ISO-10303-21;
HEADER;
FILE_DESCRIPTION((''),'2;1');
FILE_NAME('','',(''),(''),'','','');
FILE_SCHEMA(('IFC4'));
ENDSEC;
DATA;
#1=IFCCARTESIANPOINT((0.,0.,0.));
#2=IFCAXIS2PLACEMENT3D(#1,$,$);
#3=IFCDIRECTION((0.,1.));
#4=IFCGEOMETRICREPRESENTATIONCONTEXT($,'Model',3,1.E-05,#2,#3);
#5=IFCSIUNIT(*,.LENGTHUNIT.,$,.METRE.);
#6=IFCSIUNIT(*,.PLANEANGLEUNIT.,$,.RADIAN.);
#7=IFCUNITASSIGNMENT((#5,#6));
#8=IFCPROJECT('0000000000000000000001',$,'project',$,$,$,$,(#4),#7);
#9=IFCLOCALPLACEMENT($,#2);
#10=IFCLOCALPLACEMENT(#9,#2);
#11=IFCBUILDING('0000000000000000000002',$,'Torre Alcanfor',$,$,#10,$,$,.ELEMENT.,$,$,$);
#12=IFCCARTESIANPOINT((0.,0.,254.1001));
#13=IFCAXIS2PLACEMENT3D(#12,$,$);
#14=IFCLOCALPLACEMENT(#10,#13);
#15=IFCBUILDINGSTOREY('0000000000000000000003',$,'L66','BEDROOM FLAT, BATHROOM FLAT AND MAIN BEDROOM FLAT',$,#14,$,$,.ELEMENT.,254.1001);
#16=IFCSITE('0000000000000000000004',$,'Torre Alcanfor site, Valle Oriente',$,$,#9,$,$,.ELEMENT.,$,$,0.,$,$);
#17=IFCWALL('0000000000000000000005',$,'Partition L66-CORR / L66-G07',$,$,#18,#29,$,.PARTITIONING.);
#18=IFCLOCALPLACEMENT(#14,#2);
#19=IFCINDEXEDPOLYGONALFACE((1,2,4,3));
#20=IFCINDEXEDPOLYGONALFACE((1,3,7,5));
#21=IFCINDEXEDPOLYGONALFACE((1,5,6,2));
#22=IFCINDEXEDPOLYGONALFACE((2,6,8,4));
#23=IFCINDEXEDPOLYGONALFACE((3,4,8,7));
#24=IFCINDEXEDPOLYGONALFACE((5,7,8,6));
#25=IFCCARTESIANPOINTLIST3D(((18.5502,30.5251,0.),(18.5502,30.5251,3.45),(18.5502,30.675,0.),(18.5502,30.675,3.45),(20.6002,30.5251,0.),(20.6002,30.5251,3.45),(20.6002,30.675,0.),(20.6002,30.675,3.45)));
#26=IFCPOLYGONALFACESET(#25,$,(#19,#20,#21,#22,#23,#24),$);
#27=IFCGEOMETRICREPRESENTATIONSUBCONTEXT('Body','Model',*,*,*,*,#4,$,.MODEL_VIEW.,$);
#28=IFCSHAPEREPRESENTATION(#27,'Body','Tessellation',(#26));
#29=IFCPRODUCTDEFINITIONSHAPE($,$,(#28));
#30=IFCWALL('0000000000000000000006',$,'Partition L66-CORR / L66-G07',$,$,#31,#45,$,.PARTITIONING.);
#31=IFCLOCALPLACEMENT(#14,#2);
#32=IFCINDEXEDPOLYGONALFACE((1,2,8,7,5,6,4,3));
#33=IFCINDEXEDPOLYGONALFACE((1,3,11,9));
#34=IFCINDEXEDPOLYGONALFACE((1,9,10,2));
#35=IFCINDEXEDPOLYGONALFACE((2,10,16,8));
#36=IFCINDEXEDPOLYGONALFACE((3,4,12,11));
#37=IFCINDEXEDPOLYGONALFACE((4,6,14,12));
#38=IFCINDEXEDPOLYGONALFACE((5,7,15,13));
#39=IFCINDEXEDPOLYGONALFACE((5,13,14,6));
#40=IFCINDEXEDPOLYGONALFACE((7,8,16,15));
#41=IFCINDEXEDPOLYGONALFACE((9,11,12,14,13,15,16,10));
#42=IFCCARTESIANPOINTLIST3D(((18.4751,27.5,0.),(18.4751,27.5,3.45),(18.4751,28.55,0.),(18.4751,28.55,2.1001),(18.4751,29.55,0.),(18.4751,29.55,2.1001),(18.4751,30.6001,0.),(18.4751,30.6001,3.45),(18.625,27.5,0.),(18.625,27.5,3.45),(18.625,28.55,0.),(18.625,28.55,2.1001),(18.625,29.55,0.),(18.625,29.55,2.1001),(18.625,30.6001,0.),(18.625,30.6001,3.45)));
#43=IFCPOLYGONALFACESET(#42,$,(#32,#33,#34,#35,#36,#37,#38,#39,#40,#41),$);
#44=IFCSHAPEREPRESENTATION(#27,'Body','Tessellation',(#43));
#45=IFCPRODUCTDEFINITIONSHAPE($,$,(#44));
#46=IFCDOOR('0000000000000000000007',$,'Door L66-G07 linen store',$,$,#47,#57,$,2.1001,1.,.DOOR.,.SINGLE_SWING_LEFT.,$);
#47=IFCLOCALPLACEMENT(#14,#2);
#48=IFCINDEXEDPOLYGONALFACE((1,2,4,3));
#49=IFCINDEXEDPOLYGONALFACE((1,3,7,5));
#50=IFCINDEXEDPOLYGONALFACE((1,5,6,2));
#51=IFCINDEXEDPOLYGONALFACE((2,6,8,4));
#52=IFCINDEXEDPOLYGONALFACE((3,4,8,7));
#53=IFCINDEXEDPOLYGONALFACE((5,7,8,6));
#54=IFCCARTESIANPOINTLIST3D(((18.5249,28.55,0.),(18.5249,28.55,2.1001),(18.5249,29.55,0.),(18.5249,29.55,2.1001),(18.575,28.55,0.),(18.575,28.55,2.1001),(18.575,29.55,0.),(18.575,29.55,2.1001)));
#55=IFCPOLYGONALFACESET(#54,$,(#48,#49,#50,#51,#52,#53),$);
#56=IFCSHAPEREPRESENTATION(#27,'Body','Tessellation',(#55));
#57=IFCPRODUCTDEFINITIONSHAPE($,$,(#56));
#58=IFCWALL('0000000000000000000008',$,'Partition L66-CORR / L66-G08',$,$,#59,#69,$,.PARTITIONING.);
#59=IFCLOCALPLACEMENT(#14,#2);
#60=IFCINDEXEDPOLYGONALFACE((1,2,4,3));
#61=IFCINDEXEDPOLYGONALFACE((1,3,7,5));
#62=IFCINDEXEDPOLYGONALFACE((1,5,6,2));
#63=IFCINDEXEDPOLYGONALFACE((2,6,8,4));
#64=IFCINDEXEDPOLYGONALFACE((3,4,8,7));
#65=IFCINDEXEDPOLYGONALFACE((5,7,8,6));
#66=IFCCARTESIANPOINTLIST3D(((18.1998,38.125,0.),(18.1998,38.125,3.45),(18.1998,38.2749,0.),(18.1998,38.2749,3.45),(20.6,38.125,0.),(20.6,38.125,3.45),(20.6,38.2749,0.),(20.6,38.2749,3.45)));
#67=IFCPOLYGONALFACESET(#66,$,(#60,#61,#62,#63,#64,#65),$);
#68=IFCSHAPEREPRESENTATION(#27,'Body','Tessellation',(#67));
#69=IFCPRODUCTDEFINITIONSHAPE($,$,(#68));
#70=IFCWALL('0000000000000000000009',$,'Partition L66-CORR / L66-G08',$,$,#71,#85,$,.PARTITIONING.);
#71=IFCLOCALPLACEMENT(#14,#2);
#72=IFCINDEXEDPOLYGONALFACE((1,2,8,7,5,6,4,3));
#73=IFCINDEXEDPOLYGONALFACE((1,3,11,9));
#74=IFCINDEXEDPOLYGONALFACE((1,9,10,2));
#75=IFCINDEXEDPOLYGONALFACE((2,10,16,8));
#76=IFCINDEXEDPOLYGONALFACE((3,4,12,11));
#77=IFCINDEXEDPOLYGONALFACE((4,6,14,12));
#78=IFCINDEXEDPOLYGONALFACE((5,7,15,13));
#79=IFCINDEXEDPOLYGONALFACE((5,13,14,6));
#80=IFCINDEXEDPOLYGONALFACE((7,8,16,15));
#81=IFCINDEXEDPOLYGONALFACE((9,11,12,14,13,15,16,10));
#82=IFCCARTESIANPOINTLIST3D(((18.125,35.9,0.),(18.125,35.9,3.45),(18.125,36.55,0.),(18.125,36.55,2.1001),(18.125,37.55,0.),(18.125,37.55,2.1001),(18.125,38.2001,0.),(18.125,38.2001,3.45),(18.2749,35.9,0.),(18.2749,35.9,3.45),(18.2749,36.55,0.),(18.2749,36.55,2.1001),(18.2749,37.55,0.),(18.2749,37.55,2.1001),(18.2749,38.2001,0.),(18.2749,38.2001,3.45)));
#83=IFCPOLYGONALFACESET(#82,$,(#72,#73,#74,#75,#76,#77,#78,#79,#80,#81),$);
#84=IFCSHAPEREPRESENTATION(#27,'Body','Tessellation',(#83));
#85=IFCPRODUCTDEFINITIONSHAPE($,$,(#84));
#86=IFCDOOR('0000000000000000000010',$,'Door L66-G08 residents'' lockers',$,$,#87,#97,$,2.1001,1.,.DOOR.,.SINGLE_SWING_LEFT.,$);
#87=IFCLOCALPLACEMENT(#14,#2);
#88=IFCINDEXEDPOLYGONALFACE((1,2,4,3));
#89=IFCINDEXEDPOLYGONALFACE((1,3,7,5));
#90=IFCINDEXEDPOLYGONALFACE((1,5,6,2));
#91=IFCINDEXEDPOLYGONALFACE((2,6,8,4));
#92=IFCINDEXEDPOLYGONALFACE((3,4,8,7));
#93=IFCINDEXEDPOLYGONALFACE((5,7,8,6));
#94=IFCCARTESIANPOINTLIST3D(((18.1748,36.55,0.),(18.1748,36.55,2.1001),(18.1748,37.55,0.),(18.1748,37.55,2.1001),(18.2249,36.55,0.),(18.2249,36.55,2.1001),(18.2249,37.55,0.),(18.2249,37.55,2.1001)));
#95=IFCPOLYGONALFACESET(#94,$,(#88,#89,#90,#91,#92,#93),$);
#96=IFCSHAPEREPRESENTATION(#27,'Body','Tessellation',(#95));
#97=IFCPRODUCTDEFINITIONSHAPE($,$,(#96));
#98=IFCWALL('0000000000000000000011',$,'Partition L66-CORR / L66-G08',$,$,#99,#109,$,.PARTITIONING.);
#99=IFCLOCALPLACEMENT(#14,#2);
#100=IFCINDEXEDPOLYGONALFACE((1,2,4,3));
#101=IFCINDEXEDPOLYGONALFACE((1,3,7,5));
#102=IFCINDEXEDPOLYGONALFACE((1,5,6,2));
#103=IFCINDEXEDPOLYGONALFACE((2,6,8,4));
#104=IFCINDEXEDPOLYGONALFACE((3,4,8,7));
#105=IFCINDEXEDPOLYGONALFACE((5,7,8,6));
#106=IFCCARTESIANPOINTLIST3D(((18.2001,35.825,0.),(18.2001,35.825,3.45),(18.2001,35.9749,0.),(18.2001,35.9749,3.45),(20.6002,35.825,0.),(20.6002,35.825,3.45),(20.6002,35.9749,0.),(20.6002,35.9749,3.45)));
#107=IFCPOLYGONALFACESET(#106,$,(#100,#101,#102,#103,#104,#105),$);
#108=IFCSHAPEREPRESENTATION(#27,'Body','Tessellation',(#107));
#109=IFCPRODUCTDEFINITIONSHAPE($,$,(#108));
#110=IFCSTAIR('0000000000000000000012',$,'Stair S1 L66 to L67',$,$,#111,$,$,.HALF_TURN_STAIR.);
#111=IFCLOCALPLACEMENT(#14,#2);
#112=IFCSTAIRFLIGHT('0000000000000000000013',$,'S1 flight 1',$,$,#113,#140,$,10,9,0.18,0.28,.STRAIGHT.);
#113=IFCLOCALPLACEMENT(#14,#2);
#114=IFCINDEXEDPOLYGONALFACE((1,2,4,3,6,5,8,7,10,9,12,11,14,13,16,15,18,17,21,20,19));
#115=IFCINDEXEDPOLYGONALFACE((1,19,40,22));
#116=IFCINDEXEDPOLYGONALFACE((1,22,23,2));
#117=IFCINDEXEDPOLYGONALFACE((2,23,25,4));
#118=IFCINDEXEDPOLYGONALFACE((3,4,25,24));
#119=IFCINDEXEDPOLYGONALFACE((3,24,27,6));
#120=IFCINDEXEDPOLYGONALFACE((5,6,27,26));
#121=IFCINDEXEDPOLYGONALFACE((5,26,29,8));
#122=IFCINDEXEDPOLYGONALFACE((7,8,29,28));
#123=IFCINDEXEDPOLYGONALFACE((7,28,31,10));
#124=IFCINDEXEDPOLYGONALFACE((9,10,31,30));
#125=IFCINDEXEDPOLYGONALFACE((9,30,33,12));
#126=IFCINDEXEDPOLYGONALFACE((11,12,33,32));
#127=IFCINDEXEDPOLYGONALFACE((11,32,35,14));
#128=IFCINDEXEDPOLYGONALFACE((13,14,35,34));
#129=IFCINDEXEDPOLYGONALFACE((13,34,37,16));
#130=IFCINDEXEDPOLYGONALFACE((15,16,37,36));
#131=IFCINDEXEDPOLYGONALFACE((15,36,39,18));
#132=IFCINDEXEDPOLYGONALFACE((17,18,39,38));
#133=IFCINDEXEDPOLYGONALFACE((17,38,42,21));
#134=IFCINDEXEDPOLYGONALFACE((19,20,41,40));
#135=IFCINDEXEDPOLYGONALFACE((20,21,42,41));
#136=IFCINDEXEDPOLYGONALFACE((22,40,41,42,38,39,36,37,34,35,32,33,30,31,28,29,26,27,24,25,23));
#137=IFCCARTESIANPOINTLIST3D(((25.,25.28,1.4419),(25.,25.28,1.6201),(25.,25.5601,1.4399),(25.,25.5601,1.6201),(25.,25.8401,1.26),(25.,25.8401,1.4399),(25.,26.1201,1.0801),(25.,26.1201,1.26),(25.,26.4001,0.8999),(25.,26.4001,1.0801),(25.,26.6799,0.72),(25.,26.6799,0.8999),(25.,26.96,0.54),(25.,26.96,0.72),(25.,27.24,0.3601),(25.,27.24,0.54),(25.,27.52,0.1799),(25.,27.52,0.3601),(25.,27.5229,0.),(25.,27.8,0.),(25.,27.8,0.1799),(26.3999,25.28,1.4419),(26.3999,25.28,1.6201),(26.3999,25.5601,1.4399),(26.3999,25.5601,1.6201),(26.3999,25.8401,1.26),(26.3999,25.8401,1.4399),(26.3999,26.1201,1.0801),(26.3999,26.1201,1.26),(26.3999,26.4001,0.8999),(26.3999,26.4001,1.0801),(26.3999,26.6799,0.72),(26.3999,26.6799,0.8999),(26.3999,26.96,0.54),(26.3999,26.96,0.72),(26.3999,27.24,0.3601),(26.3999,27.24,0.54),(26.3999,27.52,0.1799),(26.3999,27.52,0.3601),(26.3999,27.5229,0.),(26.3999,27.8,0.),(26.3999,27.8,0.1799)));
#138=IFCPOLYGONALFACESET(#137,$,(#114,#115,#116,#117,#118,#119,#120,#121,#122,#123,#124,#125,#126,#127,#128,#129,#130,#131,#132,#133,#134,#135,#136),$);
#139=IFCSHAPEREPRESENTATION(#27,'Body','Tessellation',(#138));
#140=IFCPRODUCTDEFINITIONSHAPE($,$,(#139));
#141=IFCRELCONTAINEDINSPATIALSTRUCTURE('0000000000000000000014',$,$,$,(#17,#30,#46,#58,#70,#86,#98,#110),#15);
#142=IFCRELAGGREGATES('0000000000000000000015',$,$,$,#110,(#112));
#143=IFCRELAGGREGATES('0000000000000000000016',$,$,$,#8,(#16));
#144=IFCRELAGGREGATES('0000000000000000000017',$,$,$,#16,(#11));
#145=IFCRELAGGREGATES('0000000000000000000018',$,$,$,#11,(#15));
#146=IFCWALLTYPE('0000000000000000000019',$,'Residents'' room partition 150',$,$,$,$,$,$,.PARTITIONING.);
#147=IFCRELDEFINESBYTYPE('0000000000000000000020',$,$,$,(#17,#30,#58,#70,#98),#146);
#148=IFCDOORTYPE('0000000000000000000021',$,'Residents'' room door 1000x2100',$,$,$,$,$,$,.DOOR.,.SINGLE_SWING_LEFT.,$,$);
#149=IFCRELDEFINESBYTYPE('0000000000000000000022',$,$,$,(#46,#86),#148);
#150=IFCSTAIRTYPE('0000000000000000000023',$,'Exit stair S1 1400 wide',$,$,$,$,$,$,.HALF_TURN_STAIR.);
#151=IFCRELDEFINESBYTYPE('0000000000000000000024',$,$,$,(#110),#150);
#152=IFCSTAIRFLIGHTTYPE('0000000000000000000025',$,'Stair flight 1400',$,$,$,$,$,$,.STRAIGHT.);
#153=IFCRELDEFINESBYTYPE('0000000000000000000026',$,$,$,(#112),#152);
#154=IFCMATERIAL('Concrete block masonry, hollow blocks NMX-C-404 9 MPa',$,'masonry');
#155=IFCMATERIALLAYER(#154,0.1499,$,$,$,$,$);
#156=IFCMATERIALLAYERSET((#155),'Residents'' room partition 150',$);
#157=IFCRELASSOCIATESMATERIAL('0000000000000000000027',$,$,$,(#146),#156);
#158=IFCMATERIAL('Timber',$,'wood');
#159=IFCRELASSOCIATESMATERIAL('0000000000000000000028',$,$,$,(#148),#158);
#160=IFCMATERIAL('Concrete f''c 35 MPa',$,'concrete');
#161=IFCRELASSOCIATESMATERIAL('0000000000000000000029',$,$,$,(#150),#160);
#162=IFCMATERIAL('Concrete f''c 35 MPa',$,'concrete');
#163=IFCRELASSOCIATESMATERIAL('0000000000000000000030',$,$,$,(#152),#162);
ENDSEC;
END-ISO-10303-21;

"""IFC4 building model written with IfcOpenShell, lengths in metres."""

from ifc_helpers import new_model, si_unit, direction, frame, frame_2d, origin, place, context, subcontext, project, spatial, polyline, rectangle, outline, extrude, material, layer, layer_set, type_object, element, fill, aggregate, save


model = new_model("IFC4")

# Units and contexts
model_context = context("Model", 3, precision=1e-05, world=origin(), true_north=direction((0.0, 1.0)))
body_context = subcontext(model_context, "Body", "Model", "MODEL_VIEW")
ifc_project = project(units=[si_unit("LENGTHUNIT", "METRE"), si_unit("PLANEANGLEUNIT", "RADIAN")], contexts=[model_context])

# Site, building, storey
site_placement = place(None, origin())
site = spatial("IfcSite", under=ifc_project, at=site_placement, Name="Torre Alcanfor site, Valle Oriente", CompositionType="ELEMENT", RefElevation=0.0)
building_placement = place(site_placement, origin())
building = spatial("IfcBuilding", under=site, at=building_placement, Name="Torre Alcanfor", CompositionType="ELEMENT")
storey_placement = place(building_placement, frame((0.0, 0.0, 254.1001)))
storey = spatial("IfcBuildingStorey", under=building, at=storey_placement, Name="L66", Description="BEDROOM FLAT, BATHROOM FLAT AND MAIN BEDROOM FLAT", CompositionType="ELEMENT", Elevation=254.1001)

# Wall
ifc_material_1 = material(Name="Concrete block masonry, hollow blocks NMX-C-404 9 MPa", Category="masonry")
ifc_layer_1 = layer(ifc_material_1, 0.1499)
ifc_layer_set_1 = layer_set([ifc_layer_1], Name="Residents' room partition 150")
wall_type_1 = type_object("IfcWallType", Name="Residents' room partition 150", PredefinedType="PARTITIONING", material=ifc_layer_set_1)
wall_1_placement = place(storey_placement, frame((20.6001, 30.6001, 0.0), z_axis=(0.0, 0.0, 1.0), x_axis=(-1.0, 0.0, 0.0)))
element("IfcWall", 1, at=wall_1_placement, inside=storey, type_object=wall_type_1, Name="Partition L66-CORR / L66-G07", PredefinedType="PARTITIONING", context=body_context, shape_type="SweptSolid", body=[
    extrude(rectangle(XDim=2.05, YDim=0.1499, at=frame_2d((1.0249, 0.0))), origin(), (0.0, 0.0, 1.0), 3.45),
])

# Wall, opening, door
wall_2_placement = place(storey_placement, frame((18.55, 30.6001, 0.0), z_axis=(0.0, 0.0, 1.0), x_axis=(0.0, -1.0, 0.0)))
wall_2 = element("IfcWall", 2, at=wall_2_placement, inside=storey, type_object=wall_type_1, Name="Partition L66-CORR / L66-G07", PredefinedType="PARTITIONING", context=body_context, shape_type="SweptSolid", body=[
    extrude(rectangle(XDim=3.1001, YDim=0.1499, at=frame_2d((1.55, 0.0))), origin(), (0.0, 0.0, 1.0), 3.45),
])
opening_1_placement = place(wall_2_placement, frame((1.05, 0.0, 0.0)))
opening_1 = element("IfcOpeningElement", 3, at=opening_1_placement, cuts=wall_2, PredefinedType="OPENING", context=body_context, shape_type="SweptSolid", body=[
    extrude(rectangle(XDim=1.0, YDim=2.1001, at=frame_2d((0.5, 1.05))), frame((0.0, 0.085, 0.0), z_axis=(0.0, -1.0, 0.0), x_axis=(1.0, 0.0, 0.0)), (0.0, 0.0, 1.0), 0.1699),
])
ifc_material_2 = material(Name="Timber", Category="wood")
door_type_1 = type_object("IfcDoorType", Name="Residents' room door 1000x2100", OperationType="SINGLE_SWING_LEFT", PredefinedType="DOOR", material=ifc_material_2)
door_1_placement = place(opening_1_placement, origin())
door_1 = element("IfcDoor", 4, at=door_1_placement, inside=storey, type_object=door_type_1, Name="Door L66-G07 linen store", OperationType="SINGLE_SWING_LEFT", OverallHeight=2.1001, OverallWidth=1.0, PredefinedType="DOOR", context=body_context, shape_type="SweptSolid", body=[
    extrude(rectangle(XDim=1.0, YDim=2.1001, at=frame_2d((0.5, 1.05))), frame((0.0, 0.0249, 0.0), z_axis=(0.0, -1.0, 0.0), x_axis=(1.0, 0.0, 0.0)), (0.0, 0.0, 1.0), 0.05),
])
fill(opening_1, door_1)

# Wall
wall_3_placement = place(storey_placement, frame((20.6001, 38.2, 0.0), z_axis=(0.0, 0.0, 1.0), x_axis=(-1.0, 0.0, 0.0)))
element("IfcWall", 5, at=wall_3_placement, inside=storey, type_object=wall_type_1, Name="Partition L66-CORR / L66-G08", PredefinedType="PARTITIONING", context=body_context, shape_type="SweptSolid", body=[
    extrude(rectangle(XDim=2.4001, YDim=0.1499, at=frame_2d((1.2002, 0.0))), origin(), (0.0, 0.0, 1.0), 3.45),
])

# Wall, opening, door
wall_4_placement = place(storey_placement, frame((18.2, 38.2, 0.0), z_axis=(0.0, 0.0, 1.0), x_axis=(0.0, -1.0, 0.0)))
wall_4 = element("IfcWall", 6, at=wall_4_placement, inside=storey, type_object=wall_type_1, Name="Partition L66-CORR / L66-G08", PredefinedType="PARTITIONING", context=body_context, shape_type="SweptSolid", body=[
    extrude(rectangle(XDim=2.3, YDim=0.1499, at=frame_2d((1.1499, 0.0))), origin(), (0.0, 0.0, 1.0), 3.45),
])
opening_2_placement = place(wall_4_placement, frame((0.6499, 0.0, 0.0)))
opening_2 = element("IfcOpeningElement", 7, at=opening_2_placement, cuts=wall_4, PredefinedType="OPENING", context=body_context, shape_type="SweptSolid", body=[
    extrude(rectangle(XDim=1.0, YDim=2.1001, at=frame_2d((0.5, 1.05))), frame((0.0, 0.085, 0.0), z_axis=(0.0, -1.0, 0.0), x_axis=(1.0, 0.0, 0.0)), (0.0, 0.0, 1.0), 0.1699),
])
door_2_placement = place(opening_2_placement, origin())
door_2 = element("IfcDoor", 8, at=door_2_placement, inside=storey, type_object=door_type_1, Name="Door L66-G08 residents' lockers", OperationType="SINGLE_SWING_LEFT", OverallHeight=2.1001, OverallWidth=1.0, PredefinedType="DOOR", context=body_context, shape_type="SweptSolid", body=[
    extrude(rectangle(XDim=1.0, YDim=2.1001, at=frame_2d((0.5, 1.05))), frame((0.0, 0.0249, 0.0), z_axis=(0.0, -1.0, 0.0), x_axis=(1.0, 0.0, 0.0)), (0.0, 0.0, 1.0), 0.05),
])
fill(opening_2, door_2)

# Wall
wall_5_placement = place(storey_placement, frame((18.2, 35.8999, 0.0), z_axis=(0.0, 0.0, 1.0), x_axis=(1.0, 0.0, 0.0)))
element("IfcWall", 9, at=wall_5_placement, inside=storey, type_object=wall_type_1, Name="Partition L66-CORR / L66-G08", PredefinedType="PARTITIONING", context=body_context, shape_type="SweptSolid", body=[
    extrude(rectangle(XDim=2.4001, YDim=0.1499, at=frame_2d((1.2002, 0.0))), origin(), (0.0, 0.0, 1.0), 3.45),
])

# Stair, stair flight
ifc_material_3 = material(Name="Concrete f'c 35 MPa", Category="concrete")
stair_type = type_object("IfcStairType", Name="Exit stair S1 1400 wide", PredefinedType="HALF_TURN_STAIR", material=ifc_material_3)
stair_placement = place(storey_placement, origin())
stair = element("IfcStair", 10, at=stair_placement, inside=storey, type_object=stair_type, Name="Stair S1 L66 to L67", PredefinedType="HALF_TURN_STAIR")
ifc_material_4 = material(Name="Concrete f'c 35 MPa", Category="concrete")
stair_flight_type = type_object("IfcStairFlightType", Name="Stair flight 1400", PredefinedType="STRAIGHT", material=ifc_material_4)
stair_flight_placement = place(storey_placement, frame((25.7, 27.8, 0.0), z_axis=(0.0, 0.0, 1.0), x_axis=(0.0, -1.0, 0.0)))
stair_flight = element("IfcStairFlight", 11, at=stair_flight_placement, type_object=stair_flight_type, Name="S1 flight 1", NumberOfRisers=10, NumberOfTreads=9, PredefinedType="STRAIGHT", RiserHeight=0.18, TreadLength=0.28, context=body_context, shape_type="SweptSolid", body=[
    extrude(outline(polyline([(0.0, 0.0), (0.0, 0.1799), (0.28, 0.1799), (0.28, 0.3601), (0.5601, 0.3601), (0.5601, 0.54), (0.8401, 0.54), (0.8401, 0.72), (1.1201, 0.72), (1.1201, 0.8999), (1.3999, 0.8999), (1.3999, 1.0801), (1.6799, 1.0801), (1.6799, 1.26), (1.96, 1.26), (1.96, 1.4399), (2.24, 1.4399), (2.24, 1.6201), (2.52, 1.6201), (2.52, 1.8), (2.52, 1.4419), (0.2771, 0.0), (0.0, 0.0)])), frame((0.0, 0.7, 0.0), z_axis=(0.0, -1.0, 0.0), x_axis=(1.0, 0.0, 0.0)), (0.0, 0.0, 1.0), 1.3999),
])
aggregate(stair, [stair_flight])

save(model, "model.ifc")
